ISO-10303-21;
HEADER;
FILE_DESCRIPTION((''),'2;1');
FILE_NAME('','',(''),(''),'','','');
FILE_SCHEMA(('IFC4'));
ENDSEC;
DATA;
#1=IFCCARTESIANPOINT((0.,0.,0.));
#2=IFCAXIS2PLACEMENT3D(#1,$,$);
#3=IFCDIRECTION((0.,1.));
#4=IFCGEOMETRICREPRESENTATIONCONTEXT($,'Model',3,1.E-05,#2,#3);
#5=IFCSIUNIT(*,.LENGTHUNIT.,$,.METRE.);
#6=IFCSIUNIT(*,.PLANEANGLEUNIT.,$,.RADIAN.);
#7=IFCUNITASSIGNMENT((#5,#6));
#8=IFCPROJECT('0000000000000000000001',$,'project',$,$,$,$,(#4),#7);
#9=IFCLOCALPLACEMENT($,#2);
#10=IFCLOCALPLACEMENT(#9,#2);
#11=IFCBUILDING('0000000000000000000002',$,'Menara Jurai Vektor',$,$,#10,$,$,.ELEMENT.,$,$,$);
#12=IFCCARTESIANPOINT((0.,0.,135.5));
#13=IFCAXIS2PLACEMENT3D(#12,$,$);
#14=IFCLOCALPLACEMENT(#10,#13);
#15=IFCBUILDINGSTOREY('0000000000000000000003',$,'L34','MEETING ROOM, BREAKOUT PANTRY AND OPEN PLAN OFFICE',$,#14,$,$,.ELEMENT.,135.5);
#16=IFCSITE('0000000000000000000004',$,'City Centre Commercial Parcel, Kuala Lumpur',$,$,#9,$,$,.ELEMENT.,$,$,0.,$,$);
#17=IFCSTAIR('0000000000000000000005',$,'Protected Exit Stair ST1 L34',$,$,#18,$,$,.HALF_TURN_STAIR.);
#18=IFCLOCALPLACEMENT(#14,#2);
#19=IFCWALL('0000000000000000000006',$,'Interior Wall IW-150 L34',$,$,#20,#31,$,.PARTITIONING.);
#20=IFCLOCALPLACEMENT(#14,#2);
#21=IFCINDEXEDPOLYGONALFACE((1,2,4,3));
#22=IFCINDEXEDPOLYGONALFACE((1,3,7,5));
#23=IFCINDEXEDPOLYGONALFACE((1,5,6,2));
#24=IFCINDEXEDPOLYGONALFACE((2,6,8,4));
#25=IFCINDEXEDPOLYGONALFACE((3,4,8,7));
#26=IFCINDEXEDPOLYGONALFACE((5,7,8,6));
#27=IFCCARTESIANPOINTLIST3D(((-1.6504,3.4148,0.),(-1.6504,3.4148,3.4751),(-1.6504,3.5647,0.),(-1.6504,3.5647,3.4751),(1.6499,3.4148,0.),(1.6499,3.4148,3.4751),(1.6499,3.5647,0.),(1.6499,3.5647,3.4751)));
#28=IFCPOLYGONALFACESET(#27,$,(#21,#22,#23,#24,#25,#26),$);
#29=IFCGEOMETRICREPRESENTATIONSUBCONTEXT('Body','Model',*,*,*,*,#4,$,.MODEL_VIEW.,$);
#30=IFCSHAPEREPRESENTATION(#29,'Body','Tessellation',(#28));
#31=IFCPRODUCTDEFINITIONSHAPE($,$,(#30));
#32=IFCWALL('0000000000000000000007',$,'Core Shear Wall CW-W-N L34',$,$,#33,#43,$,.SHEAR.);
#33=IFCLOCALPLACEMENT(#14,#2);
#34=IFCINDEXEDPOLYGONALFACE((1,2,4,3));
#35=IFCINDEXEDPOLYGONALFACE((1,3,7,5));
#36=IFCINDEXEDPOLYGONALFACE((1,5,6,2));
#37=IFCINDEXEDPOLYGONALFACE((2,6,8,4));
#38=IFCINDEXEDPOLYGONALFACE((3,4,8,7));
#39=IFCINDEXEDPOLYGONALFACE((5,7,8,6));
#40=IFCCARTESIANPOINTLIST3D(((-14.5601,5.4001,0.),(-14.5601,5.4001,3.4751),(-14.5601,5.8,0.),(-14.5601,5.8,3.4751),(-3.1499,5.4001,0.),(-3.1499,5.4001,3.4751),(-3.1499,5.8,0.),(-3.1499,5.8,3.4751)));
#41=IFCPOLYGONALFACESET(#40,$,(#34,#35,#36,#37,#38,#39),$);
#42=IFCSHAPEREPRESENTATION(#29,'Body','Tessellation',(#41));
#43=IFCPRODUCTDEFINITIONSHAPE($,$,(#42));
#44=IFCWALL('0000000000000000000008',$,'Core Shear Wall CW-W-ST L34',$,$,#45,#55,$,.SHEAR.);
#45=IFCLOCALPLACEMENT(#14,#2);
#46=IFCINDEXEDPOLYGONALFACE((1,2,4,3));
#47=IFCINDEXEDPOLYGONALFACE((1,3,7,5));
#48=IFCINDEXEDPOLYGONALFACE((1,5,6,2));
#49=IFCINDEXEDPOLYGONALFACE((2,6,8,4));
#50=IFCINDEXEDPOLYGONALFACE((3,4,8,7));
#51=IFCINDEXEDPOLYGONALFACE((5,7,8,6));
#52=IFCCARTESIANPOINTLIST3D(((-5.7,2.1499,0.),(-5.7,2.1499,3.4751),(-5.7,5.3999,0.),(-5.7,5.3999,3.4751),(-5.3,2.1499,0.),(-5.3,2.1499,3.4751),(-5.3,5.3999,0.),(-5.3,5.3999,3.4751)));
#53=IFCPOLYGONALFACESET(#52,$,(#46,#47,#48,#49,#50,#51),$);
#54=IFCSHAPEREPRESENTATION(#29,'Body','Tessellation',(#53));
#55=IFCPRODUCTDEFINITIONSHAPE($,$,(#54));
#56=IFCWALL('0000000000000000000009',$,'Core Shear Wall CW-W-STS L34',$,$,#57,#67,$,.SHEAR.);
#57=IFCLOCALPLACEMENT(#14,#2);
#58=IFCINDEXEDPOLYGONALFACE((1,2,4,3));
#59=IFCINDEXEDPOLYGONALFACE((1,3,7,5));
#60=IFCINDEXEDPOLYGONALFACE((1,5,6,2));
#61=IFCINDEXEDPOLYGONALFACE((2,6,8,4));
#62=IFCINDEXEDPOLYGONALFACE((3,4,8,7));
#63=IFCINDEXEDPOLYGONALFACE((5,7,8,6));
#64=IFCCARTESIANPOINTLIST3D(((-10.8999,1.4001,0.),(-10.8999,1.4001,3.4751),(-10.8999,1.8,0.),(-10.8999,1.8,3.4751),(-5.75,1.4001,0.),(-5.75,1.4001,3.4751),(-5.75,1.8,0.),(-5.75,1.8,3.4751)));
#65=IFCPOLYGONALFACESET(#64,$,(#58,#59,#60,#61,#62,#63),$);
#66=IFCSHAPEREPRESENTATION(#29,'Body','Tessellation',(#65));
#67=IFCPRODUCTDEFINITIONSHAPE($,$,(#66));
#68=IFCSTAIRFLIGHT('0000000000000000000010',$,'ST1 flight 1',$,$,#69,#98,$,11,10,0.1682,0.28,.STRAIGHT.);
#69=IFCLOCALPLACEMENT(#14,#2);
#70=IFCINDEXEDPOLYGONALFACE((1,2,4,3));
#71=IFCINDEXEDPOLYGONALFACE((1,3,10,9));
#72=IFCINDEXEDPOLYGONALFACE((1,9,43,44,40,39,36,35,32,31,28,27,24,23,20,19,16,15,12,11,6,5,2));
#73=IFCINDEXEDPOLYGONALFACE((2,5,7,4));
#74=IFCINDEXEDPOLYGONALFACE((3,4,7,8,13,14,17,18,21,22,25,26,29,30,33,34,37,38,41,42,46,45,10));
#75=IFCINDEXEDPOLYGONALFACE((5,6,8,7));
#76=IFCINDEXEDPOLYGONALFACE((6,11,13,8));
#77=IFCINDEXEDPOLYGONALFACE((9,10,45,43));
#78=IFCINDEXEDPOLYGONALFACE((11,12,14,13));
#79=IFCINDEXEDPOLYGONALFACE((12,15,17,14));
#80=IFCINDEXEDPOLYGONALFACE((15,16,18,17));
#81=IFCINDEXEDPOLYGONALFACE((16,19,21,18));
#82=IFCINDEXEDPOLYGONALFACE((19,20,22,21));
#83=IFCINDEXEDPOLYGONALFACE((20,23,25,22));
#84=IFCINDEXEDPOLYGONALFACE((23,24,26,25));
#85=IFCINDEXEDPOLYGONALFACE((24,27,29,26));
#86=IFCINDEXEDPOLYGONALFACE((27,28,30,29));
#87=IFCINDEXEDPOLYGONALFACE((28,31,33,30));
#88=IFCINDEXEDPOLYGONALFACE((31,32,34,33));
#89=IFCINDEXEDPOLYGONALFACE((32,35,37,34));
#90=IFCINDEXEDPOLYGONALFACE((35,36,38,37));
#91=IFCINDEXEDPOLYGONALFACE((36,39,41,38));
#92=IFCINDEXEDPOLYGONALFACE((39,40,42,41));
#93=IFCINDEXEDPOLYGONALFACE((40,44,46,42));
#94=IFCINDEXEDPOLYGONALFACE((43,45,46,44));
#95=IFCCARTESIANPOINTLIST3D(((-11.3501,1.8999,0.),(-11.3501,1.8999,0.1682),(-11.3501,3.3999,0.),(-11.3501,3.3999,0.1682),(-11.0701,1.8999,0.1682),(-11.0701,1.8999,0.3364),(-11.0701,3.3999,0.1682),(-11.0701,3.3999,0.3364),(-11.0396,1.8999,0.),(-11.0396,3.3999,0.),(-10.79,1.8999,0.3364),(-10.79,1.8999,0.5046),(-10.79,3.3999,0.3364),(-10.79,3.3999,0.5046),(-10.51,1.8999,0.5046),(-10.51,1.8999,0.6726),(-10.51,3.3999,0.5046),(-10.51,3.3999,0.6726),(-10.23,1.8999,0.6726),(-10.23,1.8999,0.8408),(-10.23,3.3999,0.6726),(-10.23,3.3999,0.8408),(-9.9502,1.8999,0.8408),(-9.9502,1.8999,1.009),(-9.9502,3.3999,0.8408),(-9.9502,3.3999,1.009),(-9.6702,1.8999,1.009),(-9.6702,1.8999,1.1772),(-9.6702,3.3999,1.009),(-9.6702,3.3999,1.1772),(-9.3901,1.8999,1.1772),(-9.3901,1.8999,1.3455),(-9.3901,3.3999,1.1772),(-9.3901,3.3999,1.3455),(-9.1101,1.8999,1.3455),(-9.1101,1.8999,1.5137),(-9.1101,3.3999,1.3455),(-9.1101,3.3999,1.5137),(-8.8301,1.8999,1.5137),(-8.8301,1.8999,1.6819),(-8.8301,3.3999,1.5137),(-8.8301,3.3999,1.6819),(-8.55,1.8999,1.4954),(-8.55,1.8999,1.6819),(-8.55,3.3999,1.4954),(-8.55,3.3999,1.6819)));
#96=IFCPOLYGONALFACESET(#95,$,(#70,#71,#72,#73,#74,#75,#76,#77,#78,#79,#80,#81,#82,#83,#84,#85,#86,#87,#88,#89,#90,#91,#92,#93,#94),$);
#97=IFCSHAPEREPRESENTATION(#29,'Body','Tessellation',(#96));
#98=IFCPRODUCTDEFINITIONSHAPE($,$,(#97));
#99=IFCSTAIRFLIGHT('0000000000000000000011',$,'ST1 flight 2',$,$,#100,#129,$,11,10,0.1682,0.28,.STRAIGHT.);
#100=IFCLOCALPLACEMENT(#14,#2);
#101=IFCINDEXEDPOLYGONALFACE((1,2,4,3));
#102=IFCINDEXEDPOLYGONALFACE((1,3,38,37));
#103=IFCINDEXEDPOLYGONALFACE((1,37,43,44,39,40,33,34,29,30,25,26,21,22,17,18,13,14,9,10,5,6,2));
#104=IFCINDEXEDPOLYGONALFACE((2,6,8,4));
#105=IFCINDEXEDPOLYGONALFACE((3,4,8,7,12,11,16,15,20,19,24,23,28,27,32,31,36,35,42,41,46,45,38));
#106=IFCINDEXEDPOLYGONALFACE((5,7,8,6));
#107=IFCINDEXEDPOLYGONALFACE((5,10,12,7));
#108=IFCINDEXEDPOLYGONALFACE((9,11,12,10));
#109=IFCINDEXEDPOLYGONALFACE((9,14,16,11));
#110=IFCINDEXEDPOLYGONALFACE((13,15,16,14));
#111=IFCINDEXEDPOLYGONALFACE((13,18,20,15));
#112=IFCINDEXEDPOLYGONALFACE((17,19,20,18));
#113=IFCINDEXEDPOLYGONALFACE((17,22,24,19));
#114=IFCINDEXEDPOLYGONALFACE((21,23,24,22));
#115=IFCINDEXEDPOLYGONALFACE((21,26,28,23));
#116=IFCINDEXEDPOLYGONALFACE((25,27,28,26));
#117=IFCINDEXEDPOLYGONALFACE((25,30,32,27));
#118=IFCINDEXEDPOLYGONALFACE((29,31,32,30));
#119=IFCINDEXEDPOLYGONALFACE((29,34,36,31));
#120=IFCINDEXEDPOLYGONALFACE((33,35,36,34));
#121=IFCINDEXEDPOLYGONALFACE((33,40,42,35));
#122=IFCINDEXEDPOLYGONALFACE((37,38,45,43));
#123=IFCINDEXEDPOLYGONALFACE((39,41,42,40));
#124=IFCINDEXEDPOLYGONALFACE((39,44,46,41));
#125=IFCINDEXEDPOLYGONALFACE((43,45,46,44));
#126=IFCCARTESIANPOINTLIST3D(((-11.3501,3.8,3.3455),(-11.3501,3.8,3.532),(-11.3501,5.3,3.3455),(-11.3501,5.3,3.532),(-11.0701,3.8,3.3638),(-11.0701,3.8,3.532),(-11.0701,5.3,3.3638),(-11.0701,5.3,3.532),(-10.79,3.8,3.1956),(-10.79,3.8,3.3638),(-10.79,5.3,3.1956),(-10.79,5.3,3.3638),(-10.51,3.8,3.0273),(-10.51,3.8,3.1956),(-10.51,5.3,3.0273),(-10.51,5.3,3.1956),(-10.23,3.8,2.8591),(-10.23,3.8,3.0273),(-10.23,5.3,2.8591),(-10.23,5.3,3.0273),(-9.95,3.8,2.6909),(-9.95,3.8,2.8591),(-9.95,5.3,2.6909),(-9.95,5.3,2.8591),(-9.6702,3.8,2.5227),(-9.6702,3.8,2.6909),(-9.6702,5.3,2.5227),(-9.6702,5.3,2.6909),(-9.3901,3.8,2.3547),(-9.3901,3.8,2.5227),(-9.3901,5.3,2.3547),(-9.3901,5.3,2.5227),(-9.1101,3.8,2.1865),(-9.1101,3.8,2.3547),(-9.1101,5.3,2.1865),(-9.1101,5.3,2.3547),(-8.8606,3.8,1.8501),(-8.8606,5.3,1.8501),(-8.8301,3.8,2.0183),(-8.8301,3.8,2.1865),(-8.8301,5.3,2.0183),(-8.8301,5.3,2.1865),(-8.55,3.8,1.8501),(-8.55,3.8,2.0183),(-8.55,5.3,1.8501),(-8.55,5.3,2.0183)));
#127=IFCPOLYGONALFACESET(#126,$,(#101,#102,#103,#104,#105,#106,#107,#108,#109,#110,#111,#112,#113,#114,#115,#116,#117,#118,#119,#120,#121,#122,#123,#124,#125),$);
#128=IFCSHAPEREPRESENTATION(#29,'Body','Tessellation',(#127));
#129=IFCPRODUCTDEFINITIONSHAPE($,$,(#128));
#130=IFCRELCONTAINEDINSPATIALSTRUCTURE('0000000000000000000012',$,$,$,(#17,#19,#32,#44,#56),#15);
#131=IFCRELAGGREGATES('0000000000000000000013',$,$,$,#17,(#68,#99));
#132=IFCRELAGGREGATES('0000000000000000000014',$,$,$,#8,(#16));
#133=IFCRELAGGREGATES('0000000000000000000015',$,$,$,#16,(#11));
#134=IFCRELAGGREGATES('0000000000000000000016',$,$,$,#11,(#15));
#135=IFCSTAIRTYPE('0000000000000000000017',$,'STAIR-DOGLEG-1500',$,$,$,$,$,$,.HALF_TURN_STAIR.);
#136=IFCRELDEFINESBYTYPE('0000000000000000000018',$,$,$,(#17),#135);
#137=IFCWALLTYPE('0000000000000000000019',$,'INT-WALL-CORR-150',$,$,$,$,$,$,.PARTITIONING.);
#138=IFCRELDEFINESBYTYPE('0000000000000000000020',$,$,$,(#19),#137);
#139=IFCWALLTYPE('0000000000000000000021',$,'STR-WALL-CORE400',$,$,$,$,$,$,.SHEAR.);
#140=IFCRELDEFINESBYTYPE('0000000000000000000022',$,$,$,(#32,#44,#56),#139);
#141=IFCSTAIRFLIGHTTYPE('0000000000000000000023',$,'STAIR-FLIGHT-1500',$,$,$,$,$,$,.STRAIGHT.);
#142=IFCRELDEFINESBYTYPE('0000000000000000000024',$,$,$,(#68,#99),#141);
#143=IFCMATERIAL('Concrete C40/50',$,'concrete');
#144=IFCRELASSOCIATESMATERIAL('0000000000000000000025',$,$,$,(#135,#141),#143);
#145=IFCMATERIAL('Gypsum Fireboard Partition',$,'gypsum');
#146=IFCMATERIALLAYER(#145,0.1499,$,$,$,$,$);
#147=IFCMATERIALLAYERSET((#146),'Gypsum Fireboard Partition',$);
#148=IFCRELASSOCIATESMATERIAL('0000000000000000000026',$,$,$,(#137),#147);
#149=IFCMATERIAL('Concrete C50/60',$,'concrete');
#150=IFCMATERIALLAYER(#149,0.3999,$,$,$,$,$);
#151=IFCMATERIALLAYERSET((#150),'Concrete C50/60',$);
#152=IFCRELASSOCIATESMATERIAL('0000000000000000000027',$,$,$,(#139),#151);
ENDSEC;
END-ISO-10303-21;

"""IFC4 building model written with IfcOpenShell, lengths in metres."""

from ifc_helpers import new_model, si_unit, direction, frame, frame_2d, origin, place, context, subcontext, project, spatial, polyline, rectangle, outline, extrude, material, layer, layer_set, type_object, element, aggregate, save


model = new_model("IFC4")

# Units and contexts
model_context = context("Model", 3, precision=1e-05, world=origin(), true_north=direction((0.0, 1.0)))
body_context = subcontext(model_context, "Body", "Model", "MODEL_VIEW")
ifc_project = project(units=[si_unit("LENGTHUNIT", "METRE"), si_unit("PLANEANGLEUNIT", "RADIAN")], contexts=[model_context])

# Site, building, storey
site_placement = place(None, origin())
site = spatial("IfcSite", under=ifc_project, at=site_placement, Name="City Centre Commercial Parcel, Kuala Lumpur", CompositionType="ELEMENT", RefElevation=0.0)
building_placement = place(site_placement, origin())
building = spatial("IfcBuilding", under=site, at=building_placement, Name="Menara Jurai Vektor", CompositionType="ELEMENT")
storey_placement = place(building_placement, frame((0.0, 0.0, 135.5)))
storey = spatial("IfcBuildingStorey", under=building, at=storey_placement, Name="L34", Description="MEETING ROOM, BREAKOUT PANTRY AND OPEN PLAN OFFICE", CompositionType="ELEMENT", Elevation=135.5)

# Shared definitions
ifc_material_1 = material(Name="Concrete C50/60", Category="concrete")

# Stair
ifc_material_2 = material(Name="Concrete C40/50", Category="concrete")
stair_type = type_object("IfcStairType", Name="STAIR-DOGLEG-1500", PredefinedType="HALF_TURN_STAIR", material=ifc_material_2)
stair_1_placement = place(storey_placement, origin())
stair_1 = element("IfcStair", 1, at=stair_1_placement, inside=storey, type_object=stair_type, Name="Protected Exit Stair ST1 L34", PredefinedType="HALF_TURN_STAIR")

# Walls
ifc_material_3 = material(Name="Gypsum Fireboard Partition", Category="gypsum")
ifc_layer_1 = layer(ifc_material_3, 0.1499)
ifc_layer_set_1 = layer_set([ifc_layer_1], Name="Gypsum Fireboard Partition")
wall_type_1 = type_object("IfcWallType", Name="INT-WALL-CORR-150", PredefinedType="PARTITIONING", material=ifc_layer_set_1)
wall_1_placement = place(storey_placement, frame((-1.6504, 3.4897, 0.0), z_axis=(0.0, 0.0, 1.0), x_axis=(1.0, 0.0, 0.0)))
element("IfcWall", 2, at=wall_1_placement, inside=storey, type_object=wall_type_1, Name="Interior Wall IW-150 L34", PredefinedType="PARTITIONING", context=body_context, shape_type="SweptSolid", body=[
    extrude(rectangle(XDim=3.3003, YDim=0.1499, at=frame_2d((1.6501, 0.0))), origin(), (0.0, 0.0, 1.0), 3.4751),
])
ifc_layer_2 = layer(ifc_material_1, 0.3999)
ifc_layer_set_2 = layer_set([ifc_layer_2], Name="Concrete C50/60")
wall_type_2 = type_object("IfcWallType", Name="STR-WALL-CORE400", PredefinedType="SHEAR", material=ifc_layer_set_2)
wall_2_placement = place(storey_placement, frame((-14.5601, 5.6001, 0.0), z_axis=(0.0, 0.0, 1.0), x_axis=(1.0, 0.0, 0.0)))
element("IfcWall", 3, at=wall_2_placement, inside=storey, type_object=wall_type_2, Name="Core Shear Wall CW-W-N L34", PredefinedType="SHEAR", context=body_context, shape_type="SweptSolid", body=[
    extrude(rectangle(XDim=11.4102, YDim=0.3999, at=frame_2d((5.7051, 0.0))), origin(), (0.0, 0.0, 1.0), 3.4751),
])
wall_3_placement = place(storey_placement, frame((-5.5, 2.1499, 0.0), z_axis=(0.0, 0.0, 1.0), x_axis=(0.0, 1.0, 0.0)))
element("IfcWall", 4, at=wall_3_placement, inside=storey, type_object=wall_type_2, Name="Core Shear Wall CW-W-ST L34", PredefinedType="SHEAR", context=body_context, shape_type="SweptSolid", body=[
    extrude(rectangle(XDim=3.25, YDim=0.3999, at=frame_2d((1.625, 0.0))), origin(), (0.0, 0.0, 1.0), 3.4751),
])
wall_4_placement = place(storey_placement, frame((-10.8999, 1.6001, 0.0), z_axis=(0.0, 0.0, 1.0), x_axis=(1.0, 0.0, 0.0)))
element("IfcWall", 5, at=wall_4_placement, inside=storey, type_object=wall_type_2, Name="Core Shear Wall CW-W-STS L34", PredefinedType="SHEAR", context=body_context, shape_type="SweptSolid", body=[
    extrude(rectangle(XDim=5.1499, YDim=0.3999, at=frame_2d((2.575, 0.0))), origin(), (0.0, 0.0, 1.0), 3.4751),
])

# Stair flights
stair_flight_type = type_object("IfcStairFlightType", Name="STAIR-FLIGHT-1500", PredefinedType="STRAIGHT", material=ifc_material_2)
stair_flight_1_placement = place(storey_placement, frame((-11.3501, 2.6499, 0.0), z_axis=(0.0, 0.0, 1.0), x_axis=(1.0, 0.0, 0.0)))
stair_flight_1 = element("IfcStairFlight", 6, at=stair_flight_1_placement, type_object=stair_flight_type, Name="ST1 flight 1", NumberOfRisers=11, NumberOfTreads=10, PredefinedType="STRAIGHT", RiserHeight=0.1682, TreadLength=0.28, context=body_context, shape_type="SweptSolid", body=[
    extrude(outline(polyline([(0.0, 0.0), (0.0, 0.1682), (0.28, 0.1682), (0.28, 0.3364), (0.5601, 0.3364), (0.5601, 0.5046), (0.8401, 0.5046), (0.8401, 0.6726), (1.1201, 0.6726), (1.1201, 0.8408), (1.3999, 0.8408), (1.3999, 1.009), (1.6799, 1.009), (1.6799, 1.1772), (1.96, 1.1772), (1.96, 1.3455), (2.24, 1.3455), (2.24, 1.5137), (2.52, 1.5137), (2.52, 1.6819), (2.8, 1.6819), (2.8, 1.8501), (2.8, 1.4954), (0.3105, 0.0), (0.0, 0.0)])), frame((0.0, 0.75, 0.0), z_axis=(0.0, -1.0, 0.0), x_axis=(1.0, 0.0, 0.0)), (0.0, 0.0, 1.0), 1.5),
])
stair_flight_2_placement = place(storey_placement, frame((-8.55, 4.55, 1.8501), z_axis=(0.0, 0.0, 1.0), x_axis=(-1.0, 0.0, 0.0)))
stair_flight_2 = element("IfcStairFlight", 7, at=stair_flight_2_placement, type_object=stair_flight_type, Name="ST1 flight 2", NumberOfRisers=11, NumberOfTreads=10, PredefinedType="STRAIGHT", RiserHeight=0.1682, TreadLength=0.28, context=body_context, shape_type="SweptSolid", body=[
    extrude(outline(polyline([(0.0, 0.0), (0.0, 0.1682), (0.28, 0.1682), (0.28, 0.3364), (0.5601, 0.3364), (0.5601, 0.5046), (0.8401, 0.5046), (0.8401, 0.6726), (1.1201, 0.6726), (1.1201, 0.8408), (1.3999, 0.8408), (1.3999, 1.009), (1.6799, 1.009), (1.6799, 1.1772), (1.96, 1.1772), (1.96, 1.3455), (2.24, 1.3455), (2.24, 1.5137), (2.52, 1.5137), (2.52, 1.6819), (2.8, 1.6819), (2.8, 1.8501), (2.8, 1.4954), (0.3105, 0.0), (0.0, 0.0)])), frame((0.0, 0.75, 0.0), z_axis=(0.0, -1.0, 0.0), x_axis=(1.0, 0.0, 0.0)), (0.0, 0.0, 1.0), 1.5),
])
aggregate(stair_1, [stair_flight_1, stair_flight_2])

save(model, "model.ifc")
